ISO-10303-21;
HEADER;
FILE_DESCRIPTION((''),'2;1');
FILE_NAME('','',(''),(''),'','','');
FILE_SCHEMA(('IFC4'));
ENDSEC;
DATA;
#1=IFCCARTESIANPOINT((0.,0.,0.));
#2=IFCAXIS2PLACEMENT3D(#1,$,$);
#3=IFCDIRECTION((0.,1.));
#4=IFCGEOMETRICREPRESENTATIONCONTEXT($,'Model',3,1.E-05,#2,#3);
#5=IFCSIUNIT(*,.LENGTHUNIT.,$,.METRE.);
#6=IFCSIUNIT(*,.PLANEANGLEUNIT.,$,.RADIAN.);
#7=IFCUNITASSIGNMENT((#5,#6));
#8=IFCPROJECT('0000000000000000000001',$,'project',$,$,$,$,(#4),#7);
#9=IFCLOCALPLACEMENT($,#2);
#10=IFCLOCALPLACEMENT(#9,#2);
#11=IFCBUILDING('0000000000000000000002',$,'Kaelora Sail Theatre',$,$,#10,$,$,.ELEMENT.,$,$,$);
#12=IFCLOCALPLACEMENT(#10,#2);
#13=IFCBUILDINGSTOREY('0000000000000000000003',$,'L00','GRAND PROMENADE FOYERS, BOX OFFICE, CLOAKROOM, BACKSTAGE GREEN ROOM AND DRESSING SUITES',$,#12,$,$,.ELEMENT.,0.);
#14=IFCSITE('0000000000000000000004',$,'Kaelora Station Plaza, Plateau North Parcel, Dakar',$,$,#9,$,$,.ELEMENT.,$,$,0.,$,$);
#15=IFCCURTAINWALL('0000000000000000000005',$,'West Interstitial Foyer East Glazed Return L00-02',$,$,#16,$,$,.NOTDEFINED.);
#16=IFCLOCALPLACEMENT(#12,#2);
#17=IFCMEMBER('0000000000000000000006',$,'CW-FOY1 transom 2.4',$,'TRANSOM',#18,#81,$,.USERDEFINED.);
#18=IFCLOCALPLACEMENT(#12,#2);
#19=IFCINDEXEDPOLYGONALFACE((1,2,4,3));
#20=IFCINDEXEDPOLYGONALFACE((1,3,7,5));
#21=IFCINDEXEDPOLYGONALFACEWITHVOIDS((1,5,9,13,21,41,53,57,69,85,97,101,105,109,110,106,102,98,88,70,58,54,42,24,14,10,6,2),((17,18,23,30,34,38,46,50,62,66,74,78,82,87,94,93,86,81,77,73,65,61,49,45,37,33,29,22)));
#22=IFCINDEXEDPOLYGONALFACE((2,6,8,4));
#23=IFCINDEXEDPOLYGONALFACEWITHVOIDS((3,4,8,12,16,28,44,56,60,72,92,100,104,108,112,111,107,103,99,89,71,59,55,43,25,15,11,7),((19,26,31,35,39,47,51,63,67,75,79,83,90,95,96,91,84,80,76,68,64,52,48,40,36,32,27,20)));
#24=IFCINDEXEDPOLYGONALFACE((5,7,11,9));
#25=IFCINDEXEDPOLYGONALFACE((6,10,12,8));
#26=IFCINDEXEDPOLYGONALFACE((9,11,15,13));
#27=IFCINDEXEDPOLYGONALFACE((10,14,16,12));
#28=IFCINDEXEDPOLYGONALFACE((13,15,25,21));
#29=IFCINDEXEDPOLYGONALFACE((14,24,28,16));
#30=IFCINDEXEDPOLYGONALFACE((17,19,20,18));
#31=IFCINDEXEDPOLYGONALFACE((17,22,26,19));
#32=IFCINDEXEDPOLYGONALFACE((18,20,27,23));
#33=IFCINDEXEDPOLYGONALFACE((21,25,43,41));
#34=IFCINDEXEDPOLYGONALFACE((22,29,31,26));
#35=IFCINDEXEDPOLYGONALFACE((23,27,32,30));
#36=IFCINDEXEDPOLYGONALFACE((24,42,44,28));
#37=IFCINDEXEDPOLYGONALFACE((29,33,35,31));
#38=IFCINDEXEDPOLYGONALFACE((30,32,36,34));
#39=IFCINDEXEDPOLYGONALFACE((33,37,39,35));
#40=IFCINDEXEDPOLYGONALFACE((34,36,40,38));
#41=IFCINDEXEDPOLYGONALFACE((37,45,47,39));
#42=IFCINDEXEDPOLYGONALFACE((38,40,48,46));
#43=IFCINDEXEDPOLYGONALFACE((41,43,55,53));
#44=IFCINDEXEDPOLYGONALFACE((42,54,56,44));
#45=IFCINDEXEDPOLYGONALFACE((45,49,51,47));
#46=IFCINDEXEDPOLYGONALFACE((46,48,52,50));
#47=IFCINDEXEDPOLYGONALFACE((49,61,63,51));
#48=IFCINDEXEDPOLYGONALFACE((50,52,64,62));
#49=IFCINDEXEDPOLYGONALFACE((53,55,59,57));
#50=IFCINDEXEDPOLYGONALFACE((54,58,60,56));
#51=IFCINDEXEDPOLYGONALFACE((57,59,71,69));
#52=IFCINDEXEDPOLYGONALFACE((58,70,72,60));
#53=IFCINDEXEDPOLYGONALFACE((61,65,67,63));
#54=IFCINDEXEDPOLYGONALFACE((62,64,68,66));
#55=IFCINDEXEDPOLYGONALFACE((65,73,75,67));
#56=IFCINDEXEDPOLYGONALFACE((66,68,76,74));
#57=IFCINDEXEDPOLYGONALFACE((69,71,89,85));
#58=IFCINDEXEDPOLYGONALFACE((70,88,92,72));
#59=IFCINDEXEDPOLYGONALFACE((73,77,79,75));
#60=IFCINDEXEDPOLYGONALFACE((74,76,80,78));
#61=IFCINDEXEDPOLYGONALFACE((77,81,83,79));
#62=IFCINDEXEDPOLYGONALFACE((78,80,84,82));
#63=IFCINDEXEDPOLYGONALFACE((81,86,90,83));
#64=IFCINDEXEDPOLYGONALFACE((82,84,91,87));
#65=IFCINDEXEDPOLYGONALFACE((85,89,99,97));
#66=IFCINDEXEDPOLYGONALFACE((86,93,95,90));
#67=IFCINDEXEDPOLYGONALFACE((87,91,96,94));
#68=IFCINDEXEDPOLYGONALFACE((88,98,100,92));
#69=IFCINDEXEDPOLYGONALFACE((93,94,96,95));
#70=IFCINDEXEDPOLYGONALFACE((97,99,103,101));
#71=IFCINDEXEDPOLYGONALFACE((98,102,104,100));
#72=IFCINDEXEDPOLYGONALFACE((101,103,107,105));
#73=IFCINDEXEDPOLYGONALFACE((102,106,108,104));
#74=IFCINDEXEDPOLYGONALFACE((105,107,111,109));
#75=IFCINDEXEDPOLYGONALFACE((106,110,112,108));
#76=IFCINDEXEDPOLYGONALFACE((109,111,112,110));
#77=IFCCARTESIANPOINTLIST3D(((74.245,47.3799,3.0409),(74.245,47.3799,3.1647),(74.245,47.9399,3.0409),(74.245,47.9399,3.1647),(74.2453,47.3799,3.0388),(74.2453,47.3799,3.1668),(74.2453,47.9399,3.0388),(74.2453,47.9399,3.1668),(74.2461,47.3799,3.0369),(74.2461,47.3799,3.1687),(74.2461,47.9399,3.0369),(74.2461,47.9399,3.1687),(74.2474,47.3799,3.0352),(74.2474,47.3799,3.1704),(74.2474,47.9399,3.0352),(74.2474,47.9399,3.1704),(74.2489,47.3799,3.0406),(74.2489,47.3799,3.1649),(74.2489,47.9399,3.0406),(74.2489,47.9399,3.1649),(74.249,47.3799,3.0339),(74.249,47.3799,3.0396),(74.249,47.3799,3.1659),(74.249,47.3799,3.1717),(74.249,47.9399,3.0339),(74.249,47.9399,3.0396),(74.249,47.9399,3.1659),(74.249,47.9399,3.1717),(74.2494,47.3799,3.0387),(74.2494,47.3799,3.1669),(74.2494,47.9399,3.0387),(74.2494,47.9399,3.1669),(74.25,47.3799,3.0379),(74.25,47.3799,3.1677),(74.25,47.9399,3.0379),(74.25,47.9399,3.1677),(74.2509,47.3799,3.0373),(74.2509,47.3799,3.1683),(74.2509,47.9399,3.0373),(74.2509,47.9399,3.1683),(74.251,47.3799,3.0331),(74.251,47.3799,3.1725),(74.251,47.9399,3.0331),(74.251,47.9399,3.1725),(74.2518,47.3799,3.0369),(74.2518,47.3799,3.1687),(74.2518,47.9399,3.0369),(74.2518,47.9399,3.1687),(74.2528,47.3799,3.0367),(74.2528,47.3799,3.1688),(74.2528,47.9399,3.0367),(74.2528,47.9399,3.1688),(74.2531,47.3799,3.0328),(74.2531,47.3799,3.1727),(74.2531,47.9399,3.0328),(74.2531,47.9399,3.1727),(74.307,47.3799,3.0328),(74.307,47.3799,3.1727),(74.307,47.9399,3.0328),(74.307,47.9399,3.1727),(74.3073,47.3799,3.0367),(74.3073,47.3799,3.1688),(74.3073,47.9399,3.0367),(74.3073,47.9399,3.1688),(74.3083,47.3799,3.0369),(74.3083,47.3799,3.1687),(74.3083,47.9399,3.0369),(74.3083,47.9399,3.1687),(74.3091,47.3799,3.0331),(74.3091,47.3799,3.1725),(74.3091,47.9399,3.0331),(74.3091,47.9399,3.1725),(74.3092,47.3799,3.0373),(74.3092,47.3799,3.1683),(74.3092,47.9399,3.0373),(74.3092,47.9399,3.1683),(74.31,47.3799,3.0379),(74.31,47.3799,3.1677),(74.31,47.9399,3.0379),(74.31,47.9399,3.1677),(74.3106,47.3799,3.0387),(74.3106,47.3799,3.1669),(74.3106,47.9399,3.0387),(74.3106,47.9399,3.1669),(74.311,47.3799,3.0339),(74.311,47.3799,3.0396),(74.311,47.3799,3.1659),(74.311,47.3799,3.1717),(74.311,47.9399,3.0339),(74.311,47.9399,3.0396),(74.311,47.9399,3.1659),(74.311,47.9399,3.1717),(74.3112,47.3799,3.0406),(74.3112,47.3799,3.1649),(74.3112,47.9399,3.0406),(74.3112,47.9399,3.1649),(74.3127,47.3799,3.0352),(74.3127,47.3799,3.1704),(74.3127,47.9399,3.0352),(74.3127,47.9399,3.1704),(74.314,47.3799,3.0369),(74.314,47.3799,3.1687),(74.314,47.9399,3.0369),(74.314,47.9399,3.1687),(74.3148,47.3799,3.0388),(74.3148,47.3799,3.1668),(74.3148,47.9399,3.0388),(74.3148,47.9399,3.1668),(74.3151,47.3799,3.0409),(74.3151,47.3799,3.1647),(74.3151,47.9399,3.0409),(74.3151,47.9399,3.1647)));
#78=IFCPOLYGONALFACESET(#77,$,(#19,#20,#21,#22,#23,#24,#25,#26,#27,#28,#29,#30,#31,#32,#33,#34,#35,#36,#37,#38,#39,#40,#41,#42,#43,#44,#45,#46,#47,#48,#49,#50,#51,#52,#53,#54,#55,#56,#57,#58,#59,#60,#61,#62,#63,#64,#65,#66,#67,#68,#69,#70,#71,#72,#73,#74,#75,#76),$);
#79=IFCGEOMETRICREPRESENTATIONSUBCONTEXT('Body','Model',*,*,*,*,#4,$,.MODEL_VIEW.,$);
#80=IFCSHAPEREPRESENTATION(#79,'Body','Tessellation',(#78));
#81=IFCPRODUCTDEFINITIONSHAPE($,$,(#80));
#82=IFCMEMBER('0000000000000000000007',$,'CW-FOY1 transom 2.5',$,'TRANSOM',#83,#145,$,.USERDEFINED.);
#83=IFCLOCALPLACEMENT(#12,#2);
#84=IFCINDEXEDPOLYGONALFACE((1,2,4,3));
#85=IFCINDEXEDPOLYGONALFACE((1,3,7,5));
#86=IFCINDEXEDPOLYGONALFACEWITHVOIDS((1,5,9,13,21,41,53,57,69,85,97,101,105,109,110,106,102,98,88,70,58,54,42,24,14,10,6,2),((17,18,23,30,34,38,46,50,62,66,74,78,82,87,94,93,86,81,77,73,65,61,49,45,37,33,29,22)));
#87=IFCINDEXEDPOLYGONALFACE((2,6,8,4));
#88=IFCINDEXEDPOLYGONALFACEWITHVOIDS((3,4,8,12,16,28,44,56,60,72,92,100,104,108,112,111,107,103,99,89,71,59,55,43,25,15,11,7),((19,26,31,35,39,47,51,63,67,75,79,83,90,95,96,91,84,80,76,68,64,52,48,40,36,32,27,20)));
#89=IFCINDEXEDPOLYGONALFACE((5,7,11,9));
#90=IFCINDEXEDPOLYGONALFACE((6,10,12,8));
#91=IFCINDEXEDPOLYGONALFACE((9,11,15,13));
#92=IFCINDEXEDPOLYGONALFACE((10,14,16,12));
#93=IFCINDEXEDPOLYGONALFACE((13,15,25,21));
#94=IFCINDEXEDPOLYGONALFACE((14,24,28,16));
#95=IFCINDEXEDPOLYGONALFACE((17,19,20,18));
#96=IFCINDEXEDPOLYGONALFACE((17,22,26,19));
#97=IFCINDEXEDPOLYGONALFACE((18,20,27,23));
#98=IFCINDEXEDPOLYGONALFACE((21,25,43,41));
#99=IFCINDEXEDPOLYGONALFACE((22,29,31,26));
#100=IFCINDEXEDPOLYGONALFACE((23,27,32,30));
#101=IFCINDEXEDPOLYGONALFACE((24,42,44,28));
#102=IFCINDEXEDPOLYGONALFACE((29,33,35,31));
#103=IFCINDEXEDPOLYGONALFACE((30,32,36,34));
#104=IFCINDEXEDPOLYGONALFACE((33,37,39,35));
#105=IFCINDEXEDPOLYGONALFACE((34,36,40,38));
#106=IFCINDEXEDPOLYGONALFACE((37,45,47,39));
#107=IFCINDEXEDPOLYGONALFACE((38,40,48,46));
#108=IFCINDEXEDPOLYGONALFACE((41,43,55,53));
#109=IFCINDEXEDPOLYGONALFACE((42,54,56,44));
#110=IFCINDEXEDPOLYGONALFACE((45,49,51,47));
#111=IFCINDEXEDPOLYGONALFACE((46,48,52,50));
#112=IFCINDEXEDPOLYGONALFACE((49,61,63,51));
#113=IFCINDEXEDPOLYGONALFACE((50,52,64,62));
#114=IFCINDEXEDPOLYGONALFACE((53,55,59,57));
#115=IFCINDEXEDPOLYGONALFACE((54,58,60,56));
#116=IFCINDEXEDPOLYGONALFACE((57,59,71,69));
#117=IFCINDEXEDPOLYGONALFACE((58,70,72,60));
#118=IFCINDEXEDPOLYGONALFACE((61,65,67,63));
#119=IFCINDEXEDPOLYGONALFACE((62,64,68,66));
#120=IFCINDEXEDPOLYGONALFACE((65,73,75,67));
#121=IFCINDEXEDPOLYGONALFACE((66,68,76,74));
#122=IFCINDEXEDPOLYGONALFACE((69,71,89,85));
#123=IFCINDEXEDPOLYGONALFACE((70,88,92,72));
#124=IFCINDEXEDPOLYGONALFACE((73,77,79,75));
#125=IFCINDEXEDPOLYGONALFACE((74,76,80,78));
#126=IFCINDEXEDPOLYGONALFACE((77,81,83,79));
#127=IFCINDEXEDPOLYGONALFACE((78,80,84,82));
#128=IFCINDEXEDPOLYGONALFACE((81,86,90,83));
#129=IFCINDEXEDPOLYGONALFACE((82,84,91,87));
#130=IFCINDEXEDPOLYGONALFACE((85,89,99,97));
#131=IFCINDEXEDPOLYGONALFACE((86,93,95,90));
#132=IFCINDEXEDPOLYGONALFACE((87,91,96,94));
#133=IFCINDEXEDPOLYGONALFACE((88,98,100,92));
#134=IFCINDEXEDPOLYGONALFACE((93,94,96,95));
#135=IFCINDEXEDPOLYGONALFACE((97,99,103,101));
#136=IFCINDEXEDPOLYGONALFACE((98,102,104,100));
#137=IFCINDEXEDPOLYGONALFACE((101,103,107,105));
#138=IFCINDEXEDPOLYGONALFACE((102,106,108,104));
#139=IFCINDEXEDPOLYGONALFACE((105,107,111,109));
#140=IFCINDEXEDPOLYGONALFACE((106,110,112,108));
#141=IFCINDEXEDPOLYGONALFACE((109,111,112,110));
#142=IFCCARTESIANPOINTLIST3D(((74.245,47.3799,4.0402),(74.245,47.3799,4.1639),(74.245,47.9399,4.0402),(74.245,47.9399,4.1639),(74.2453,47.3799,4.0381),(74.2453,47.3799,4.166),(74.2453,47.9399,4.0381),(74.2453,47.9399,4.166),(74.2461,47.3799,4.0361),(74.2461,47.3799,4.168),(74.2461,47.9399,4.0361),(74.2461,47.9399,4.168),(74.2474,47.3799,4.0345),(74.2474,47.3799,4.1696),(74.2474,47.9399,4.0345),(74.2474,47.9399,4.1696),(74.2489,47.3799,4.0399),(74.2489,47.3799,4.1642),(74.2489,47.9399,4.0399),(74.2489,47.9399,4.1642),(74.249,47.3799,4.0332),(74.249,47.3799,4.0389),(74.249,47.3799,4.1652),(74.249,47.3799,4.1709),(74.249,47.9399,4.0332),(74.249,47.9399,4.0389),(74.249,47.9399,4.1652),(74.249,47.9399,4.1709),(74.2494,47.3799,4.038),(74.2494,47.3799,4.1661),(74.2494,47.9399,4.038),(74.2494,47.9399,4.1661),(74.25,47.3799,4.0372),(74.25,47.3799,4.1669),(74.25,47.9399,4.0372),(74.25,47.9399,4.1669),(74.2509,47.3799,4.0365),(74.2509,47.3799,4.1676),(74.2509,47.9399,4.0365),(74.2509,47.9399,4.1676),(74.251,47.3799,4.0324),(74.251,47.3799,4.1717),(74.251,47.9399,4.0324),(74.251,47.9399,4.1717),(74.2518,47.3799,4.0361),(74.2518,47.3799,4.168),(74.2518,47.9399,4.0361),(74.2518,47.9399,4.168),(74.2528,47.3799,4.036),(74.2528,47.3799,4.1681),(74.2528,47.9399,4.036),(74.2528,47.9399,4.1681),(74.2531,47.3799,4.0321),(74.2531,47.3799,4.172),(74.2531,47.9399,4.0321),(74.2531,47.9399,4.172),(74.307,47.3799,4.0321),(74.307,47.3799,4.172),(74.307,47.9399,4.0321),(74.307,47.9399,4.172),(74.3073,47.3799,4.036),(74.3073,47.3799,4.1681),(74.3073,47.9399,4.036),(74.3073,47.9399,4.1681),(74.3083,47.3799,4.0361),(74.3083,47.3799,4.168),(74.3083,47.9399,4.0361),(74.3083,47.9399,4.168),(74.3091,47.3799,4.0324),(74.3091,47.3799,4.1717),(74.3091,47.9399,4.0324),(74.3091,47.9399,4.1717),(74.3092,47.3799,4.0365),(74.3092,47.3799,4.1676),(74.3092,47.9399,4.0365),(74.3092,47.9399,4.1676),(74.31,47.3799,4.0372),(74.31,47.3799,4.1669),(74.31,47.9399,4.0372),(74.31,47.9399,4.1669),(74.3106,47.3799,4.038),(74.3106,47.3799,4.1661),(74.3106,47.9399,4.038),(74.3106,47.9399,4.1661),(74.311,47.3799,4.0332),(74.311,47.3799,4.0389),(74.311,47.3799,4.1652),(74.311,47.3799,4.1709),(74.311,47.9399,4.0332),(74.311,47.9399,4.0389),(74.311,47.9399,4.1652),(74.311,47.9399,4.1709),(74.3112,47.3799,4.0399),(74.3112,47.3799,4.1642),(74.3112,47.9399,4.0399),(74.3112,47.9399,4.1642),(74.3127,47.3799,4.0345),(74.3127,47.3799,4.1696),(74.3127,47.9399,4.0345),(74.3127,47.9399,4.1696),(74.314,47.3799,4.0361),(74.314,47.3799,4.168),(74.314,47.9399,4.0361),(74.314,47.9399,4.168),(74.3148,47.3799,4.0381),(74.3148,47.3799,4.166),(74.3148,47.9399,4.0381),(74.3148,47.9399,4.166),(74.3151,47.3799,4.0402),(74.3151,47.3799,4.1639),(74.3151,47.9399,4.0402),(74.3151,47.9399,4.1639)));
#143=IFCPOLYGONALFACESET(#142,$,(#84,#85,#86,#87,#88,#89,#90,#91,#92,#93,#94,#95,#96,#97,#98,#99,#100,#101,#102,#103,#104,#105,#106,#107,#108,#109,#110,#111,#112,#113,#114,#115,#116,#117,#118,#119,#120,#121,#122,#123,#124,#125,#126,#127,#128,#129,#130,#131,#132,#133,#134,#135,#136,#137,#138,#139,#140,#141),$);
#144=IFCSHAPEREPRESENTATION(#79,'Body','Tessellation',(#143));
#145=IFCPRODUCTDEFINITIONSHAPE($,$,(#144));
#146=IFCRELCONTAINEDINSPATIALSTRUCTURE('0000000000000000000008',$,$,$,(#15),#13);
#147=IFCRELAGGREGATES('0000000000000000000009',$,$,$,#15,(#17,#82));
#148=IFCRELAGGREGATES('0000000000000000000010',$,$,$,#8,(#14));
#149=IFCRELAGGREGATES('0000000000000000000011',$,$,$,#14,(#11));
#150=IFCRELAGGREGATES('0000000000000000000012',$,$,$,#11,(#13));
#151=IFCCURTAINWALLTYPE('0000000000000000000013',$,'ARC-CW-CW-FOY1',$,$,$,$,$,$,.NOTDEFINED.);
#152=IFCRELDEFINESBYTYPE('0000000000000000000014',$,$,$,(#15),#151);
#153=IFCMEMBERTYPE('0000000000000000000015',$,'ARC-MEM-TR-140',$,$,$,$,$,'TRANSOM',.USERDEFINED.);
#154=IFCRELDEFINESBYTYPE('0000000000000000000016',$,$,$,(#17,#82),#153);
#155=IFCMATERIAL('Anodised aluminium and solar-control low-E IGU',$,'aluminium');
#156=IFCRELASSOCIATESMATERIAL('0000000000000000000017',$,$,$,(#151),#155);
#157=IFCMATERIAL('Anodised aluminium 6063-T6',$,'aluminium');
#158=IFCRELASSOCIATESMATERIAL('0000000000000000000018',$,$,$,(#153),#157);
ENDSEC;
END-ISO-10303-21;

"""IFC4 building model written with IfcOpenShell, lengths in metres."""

from ifc_helpers import new_model, si_unit, direction, frame, origin, origin_2d, place, context, subcontext, project, spatial, hollow_rectangle, extrude, material, material_profile, profile_set, type_object, element, aggregate, save


model = new_model("IFC4")

# Units and contexts
model_context = context("Model", 3, precision=1e-05, world=origin(), true_north=direction((0.0, 1.0)))
body_context = subcontext(model_context, "Body", "Model", "MODEL_VIEW")
ifc_project = project(units=[si_unit("LENGTHUNIT", "METRE"), si_unit("PLANEANGLEUNIT", "RADIAN")], contexts=[model_context])

# Site, building, storey
site_placement = place(None, origin())
site = spatial("IfcSite", under=ifc_project, at=site_placement, Name="Kaelora Station Plaza, Plateau North Parcel, Dakar", CompositionType="ELEMENT", RefElevation=0.0)
building_placement = place(site_placement, origin())
building = spatial("IfcBuilding", under=site, at=building_placement, Name="Kaelora Sail Theatre", CompositionType="ELEMENT")
storey_placement = place(building_placement, origin())
storey = spatial("IfcBuildingStorey", under=building, at=storey_placement, Name="L00", Description="GRAND PROMENADE FOYERS, BOX OFFICE, CLOAKROOM, BACKSTAGE GREEN ROOM AND DRESSING SUITES", CompositionType="ELEMENT", Elevation=0.0)

# Curtain wall
ifc_material_1 = material(Name="Anodised aluminium and solar-control low-E IGU", Category="aluminium")
curtain_wall_type = type_object("IfcCurtainWallType", Name="ARC-CW-CW-FOY1", PredefinedType="NOTDEFINED", material=ifc_material_1)
curtain_wall_1_placement = place(storey_placement, origin())
curtain_wall_1 = element("IfcCurtainWall", 1, at=curtain_wall_1_placement, inside=storey, type_object=curtain_wall_type, Name="West Interstitial Foyer East Glazed Return L00-02", PredefinedType="NOTDEFINED")

# Members
ifc_material_2 = material(Name="Anodised aluminium 6063-T6", Category="aluminium")
ifc_material_profile_1 = material_profile(ifc_material_2, hollow_rectangle(XDim=0.0701, YDim=0.1399, WallThickness=0.0039, InnerFilletRadius=0.0039, OuterFilletRadius=0.0081, at=origin_2d()), Name="ALU-TRAN 70x140x4")
ifc_profile_set_1 = profile_set([ifc_material_profile_1], Name="Anodised aluminium 6063-T6")
member_type_1 = type_object("IfcMemberType", Name="ARC-MEM-TR-140", ElementType="TRANSOM", PredefinedType="USERDEFINED", material=ifc_profile_set_1)
member_1_placement = place(storey_placement, frame((74.28, 47.3799, 3.1028), z_axis=(0.0, 1.0, 0.0), x_axis=(-1.0, 0.0, 0.0)))
member_1 = element("IfcMember", 2, at=member_1_placement, type_object=member_type_1, Name="CW-FOY1 transom 2.4", ObjectType="TRANSOM", PredefinedType="USERDEFINED", context=body_context, shape_type="SweptSolid", body=[
    extrude(hollow_rectangle(XDim=0.0701, YDim=0.1399, WallThickness=0.0039, InnerFilletRadius=0.0039, OuterFilletRadius=0.0081, at=origin_2d()), origin(), (0.0, 0.0, 1.0), 0.5601),
])
member_2_placement = place(storey_placement, frame((74.28, 47.3799, 4.1021), z_axis=(0.0, 1.0, 0.0), x_axis=(-1.0, 0.0, 0.0)))
member_2 = element("IfcMember", 3, at=member_2_placement, type_object=member_type_1, Name="CW-FOY1 transom 2.5", ObjectType="TRANSOM", PredefinedType="USERDEFINED", context=body_context, shape_type="SweptSolid", body=[
    extrude(hollow_rectangle(XDim=0.0701, YDim=0.1399, WallThickness=0.0039, InnerFilletRadius=0.0039, OuterFilletRadius=0.0081, at=origin_2d()), origin(), (0.0, 0.0, 1.0), 0.5601),
])

aggregate(curtain_wall_1, [member_1, member_2])

save(model, "model.ifc")
